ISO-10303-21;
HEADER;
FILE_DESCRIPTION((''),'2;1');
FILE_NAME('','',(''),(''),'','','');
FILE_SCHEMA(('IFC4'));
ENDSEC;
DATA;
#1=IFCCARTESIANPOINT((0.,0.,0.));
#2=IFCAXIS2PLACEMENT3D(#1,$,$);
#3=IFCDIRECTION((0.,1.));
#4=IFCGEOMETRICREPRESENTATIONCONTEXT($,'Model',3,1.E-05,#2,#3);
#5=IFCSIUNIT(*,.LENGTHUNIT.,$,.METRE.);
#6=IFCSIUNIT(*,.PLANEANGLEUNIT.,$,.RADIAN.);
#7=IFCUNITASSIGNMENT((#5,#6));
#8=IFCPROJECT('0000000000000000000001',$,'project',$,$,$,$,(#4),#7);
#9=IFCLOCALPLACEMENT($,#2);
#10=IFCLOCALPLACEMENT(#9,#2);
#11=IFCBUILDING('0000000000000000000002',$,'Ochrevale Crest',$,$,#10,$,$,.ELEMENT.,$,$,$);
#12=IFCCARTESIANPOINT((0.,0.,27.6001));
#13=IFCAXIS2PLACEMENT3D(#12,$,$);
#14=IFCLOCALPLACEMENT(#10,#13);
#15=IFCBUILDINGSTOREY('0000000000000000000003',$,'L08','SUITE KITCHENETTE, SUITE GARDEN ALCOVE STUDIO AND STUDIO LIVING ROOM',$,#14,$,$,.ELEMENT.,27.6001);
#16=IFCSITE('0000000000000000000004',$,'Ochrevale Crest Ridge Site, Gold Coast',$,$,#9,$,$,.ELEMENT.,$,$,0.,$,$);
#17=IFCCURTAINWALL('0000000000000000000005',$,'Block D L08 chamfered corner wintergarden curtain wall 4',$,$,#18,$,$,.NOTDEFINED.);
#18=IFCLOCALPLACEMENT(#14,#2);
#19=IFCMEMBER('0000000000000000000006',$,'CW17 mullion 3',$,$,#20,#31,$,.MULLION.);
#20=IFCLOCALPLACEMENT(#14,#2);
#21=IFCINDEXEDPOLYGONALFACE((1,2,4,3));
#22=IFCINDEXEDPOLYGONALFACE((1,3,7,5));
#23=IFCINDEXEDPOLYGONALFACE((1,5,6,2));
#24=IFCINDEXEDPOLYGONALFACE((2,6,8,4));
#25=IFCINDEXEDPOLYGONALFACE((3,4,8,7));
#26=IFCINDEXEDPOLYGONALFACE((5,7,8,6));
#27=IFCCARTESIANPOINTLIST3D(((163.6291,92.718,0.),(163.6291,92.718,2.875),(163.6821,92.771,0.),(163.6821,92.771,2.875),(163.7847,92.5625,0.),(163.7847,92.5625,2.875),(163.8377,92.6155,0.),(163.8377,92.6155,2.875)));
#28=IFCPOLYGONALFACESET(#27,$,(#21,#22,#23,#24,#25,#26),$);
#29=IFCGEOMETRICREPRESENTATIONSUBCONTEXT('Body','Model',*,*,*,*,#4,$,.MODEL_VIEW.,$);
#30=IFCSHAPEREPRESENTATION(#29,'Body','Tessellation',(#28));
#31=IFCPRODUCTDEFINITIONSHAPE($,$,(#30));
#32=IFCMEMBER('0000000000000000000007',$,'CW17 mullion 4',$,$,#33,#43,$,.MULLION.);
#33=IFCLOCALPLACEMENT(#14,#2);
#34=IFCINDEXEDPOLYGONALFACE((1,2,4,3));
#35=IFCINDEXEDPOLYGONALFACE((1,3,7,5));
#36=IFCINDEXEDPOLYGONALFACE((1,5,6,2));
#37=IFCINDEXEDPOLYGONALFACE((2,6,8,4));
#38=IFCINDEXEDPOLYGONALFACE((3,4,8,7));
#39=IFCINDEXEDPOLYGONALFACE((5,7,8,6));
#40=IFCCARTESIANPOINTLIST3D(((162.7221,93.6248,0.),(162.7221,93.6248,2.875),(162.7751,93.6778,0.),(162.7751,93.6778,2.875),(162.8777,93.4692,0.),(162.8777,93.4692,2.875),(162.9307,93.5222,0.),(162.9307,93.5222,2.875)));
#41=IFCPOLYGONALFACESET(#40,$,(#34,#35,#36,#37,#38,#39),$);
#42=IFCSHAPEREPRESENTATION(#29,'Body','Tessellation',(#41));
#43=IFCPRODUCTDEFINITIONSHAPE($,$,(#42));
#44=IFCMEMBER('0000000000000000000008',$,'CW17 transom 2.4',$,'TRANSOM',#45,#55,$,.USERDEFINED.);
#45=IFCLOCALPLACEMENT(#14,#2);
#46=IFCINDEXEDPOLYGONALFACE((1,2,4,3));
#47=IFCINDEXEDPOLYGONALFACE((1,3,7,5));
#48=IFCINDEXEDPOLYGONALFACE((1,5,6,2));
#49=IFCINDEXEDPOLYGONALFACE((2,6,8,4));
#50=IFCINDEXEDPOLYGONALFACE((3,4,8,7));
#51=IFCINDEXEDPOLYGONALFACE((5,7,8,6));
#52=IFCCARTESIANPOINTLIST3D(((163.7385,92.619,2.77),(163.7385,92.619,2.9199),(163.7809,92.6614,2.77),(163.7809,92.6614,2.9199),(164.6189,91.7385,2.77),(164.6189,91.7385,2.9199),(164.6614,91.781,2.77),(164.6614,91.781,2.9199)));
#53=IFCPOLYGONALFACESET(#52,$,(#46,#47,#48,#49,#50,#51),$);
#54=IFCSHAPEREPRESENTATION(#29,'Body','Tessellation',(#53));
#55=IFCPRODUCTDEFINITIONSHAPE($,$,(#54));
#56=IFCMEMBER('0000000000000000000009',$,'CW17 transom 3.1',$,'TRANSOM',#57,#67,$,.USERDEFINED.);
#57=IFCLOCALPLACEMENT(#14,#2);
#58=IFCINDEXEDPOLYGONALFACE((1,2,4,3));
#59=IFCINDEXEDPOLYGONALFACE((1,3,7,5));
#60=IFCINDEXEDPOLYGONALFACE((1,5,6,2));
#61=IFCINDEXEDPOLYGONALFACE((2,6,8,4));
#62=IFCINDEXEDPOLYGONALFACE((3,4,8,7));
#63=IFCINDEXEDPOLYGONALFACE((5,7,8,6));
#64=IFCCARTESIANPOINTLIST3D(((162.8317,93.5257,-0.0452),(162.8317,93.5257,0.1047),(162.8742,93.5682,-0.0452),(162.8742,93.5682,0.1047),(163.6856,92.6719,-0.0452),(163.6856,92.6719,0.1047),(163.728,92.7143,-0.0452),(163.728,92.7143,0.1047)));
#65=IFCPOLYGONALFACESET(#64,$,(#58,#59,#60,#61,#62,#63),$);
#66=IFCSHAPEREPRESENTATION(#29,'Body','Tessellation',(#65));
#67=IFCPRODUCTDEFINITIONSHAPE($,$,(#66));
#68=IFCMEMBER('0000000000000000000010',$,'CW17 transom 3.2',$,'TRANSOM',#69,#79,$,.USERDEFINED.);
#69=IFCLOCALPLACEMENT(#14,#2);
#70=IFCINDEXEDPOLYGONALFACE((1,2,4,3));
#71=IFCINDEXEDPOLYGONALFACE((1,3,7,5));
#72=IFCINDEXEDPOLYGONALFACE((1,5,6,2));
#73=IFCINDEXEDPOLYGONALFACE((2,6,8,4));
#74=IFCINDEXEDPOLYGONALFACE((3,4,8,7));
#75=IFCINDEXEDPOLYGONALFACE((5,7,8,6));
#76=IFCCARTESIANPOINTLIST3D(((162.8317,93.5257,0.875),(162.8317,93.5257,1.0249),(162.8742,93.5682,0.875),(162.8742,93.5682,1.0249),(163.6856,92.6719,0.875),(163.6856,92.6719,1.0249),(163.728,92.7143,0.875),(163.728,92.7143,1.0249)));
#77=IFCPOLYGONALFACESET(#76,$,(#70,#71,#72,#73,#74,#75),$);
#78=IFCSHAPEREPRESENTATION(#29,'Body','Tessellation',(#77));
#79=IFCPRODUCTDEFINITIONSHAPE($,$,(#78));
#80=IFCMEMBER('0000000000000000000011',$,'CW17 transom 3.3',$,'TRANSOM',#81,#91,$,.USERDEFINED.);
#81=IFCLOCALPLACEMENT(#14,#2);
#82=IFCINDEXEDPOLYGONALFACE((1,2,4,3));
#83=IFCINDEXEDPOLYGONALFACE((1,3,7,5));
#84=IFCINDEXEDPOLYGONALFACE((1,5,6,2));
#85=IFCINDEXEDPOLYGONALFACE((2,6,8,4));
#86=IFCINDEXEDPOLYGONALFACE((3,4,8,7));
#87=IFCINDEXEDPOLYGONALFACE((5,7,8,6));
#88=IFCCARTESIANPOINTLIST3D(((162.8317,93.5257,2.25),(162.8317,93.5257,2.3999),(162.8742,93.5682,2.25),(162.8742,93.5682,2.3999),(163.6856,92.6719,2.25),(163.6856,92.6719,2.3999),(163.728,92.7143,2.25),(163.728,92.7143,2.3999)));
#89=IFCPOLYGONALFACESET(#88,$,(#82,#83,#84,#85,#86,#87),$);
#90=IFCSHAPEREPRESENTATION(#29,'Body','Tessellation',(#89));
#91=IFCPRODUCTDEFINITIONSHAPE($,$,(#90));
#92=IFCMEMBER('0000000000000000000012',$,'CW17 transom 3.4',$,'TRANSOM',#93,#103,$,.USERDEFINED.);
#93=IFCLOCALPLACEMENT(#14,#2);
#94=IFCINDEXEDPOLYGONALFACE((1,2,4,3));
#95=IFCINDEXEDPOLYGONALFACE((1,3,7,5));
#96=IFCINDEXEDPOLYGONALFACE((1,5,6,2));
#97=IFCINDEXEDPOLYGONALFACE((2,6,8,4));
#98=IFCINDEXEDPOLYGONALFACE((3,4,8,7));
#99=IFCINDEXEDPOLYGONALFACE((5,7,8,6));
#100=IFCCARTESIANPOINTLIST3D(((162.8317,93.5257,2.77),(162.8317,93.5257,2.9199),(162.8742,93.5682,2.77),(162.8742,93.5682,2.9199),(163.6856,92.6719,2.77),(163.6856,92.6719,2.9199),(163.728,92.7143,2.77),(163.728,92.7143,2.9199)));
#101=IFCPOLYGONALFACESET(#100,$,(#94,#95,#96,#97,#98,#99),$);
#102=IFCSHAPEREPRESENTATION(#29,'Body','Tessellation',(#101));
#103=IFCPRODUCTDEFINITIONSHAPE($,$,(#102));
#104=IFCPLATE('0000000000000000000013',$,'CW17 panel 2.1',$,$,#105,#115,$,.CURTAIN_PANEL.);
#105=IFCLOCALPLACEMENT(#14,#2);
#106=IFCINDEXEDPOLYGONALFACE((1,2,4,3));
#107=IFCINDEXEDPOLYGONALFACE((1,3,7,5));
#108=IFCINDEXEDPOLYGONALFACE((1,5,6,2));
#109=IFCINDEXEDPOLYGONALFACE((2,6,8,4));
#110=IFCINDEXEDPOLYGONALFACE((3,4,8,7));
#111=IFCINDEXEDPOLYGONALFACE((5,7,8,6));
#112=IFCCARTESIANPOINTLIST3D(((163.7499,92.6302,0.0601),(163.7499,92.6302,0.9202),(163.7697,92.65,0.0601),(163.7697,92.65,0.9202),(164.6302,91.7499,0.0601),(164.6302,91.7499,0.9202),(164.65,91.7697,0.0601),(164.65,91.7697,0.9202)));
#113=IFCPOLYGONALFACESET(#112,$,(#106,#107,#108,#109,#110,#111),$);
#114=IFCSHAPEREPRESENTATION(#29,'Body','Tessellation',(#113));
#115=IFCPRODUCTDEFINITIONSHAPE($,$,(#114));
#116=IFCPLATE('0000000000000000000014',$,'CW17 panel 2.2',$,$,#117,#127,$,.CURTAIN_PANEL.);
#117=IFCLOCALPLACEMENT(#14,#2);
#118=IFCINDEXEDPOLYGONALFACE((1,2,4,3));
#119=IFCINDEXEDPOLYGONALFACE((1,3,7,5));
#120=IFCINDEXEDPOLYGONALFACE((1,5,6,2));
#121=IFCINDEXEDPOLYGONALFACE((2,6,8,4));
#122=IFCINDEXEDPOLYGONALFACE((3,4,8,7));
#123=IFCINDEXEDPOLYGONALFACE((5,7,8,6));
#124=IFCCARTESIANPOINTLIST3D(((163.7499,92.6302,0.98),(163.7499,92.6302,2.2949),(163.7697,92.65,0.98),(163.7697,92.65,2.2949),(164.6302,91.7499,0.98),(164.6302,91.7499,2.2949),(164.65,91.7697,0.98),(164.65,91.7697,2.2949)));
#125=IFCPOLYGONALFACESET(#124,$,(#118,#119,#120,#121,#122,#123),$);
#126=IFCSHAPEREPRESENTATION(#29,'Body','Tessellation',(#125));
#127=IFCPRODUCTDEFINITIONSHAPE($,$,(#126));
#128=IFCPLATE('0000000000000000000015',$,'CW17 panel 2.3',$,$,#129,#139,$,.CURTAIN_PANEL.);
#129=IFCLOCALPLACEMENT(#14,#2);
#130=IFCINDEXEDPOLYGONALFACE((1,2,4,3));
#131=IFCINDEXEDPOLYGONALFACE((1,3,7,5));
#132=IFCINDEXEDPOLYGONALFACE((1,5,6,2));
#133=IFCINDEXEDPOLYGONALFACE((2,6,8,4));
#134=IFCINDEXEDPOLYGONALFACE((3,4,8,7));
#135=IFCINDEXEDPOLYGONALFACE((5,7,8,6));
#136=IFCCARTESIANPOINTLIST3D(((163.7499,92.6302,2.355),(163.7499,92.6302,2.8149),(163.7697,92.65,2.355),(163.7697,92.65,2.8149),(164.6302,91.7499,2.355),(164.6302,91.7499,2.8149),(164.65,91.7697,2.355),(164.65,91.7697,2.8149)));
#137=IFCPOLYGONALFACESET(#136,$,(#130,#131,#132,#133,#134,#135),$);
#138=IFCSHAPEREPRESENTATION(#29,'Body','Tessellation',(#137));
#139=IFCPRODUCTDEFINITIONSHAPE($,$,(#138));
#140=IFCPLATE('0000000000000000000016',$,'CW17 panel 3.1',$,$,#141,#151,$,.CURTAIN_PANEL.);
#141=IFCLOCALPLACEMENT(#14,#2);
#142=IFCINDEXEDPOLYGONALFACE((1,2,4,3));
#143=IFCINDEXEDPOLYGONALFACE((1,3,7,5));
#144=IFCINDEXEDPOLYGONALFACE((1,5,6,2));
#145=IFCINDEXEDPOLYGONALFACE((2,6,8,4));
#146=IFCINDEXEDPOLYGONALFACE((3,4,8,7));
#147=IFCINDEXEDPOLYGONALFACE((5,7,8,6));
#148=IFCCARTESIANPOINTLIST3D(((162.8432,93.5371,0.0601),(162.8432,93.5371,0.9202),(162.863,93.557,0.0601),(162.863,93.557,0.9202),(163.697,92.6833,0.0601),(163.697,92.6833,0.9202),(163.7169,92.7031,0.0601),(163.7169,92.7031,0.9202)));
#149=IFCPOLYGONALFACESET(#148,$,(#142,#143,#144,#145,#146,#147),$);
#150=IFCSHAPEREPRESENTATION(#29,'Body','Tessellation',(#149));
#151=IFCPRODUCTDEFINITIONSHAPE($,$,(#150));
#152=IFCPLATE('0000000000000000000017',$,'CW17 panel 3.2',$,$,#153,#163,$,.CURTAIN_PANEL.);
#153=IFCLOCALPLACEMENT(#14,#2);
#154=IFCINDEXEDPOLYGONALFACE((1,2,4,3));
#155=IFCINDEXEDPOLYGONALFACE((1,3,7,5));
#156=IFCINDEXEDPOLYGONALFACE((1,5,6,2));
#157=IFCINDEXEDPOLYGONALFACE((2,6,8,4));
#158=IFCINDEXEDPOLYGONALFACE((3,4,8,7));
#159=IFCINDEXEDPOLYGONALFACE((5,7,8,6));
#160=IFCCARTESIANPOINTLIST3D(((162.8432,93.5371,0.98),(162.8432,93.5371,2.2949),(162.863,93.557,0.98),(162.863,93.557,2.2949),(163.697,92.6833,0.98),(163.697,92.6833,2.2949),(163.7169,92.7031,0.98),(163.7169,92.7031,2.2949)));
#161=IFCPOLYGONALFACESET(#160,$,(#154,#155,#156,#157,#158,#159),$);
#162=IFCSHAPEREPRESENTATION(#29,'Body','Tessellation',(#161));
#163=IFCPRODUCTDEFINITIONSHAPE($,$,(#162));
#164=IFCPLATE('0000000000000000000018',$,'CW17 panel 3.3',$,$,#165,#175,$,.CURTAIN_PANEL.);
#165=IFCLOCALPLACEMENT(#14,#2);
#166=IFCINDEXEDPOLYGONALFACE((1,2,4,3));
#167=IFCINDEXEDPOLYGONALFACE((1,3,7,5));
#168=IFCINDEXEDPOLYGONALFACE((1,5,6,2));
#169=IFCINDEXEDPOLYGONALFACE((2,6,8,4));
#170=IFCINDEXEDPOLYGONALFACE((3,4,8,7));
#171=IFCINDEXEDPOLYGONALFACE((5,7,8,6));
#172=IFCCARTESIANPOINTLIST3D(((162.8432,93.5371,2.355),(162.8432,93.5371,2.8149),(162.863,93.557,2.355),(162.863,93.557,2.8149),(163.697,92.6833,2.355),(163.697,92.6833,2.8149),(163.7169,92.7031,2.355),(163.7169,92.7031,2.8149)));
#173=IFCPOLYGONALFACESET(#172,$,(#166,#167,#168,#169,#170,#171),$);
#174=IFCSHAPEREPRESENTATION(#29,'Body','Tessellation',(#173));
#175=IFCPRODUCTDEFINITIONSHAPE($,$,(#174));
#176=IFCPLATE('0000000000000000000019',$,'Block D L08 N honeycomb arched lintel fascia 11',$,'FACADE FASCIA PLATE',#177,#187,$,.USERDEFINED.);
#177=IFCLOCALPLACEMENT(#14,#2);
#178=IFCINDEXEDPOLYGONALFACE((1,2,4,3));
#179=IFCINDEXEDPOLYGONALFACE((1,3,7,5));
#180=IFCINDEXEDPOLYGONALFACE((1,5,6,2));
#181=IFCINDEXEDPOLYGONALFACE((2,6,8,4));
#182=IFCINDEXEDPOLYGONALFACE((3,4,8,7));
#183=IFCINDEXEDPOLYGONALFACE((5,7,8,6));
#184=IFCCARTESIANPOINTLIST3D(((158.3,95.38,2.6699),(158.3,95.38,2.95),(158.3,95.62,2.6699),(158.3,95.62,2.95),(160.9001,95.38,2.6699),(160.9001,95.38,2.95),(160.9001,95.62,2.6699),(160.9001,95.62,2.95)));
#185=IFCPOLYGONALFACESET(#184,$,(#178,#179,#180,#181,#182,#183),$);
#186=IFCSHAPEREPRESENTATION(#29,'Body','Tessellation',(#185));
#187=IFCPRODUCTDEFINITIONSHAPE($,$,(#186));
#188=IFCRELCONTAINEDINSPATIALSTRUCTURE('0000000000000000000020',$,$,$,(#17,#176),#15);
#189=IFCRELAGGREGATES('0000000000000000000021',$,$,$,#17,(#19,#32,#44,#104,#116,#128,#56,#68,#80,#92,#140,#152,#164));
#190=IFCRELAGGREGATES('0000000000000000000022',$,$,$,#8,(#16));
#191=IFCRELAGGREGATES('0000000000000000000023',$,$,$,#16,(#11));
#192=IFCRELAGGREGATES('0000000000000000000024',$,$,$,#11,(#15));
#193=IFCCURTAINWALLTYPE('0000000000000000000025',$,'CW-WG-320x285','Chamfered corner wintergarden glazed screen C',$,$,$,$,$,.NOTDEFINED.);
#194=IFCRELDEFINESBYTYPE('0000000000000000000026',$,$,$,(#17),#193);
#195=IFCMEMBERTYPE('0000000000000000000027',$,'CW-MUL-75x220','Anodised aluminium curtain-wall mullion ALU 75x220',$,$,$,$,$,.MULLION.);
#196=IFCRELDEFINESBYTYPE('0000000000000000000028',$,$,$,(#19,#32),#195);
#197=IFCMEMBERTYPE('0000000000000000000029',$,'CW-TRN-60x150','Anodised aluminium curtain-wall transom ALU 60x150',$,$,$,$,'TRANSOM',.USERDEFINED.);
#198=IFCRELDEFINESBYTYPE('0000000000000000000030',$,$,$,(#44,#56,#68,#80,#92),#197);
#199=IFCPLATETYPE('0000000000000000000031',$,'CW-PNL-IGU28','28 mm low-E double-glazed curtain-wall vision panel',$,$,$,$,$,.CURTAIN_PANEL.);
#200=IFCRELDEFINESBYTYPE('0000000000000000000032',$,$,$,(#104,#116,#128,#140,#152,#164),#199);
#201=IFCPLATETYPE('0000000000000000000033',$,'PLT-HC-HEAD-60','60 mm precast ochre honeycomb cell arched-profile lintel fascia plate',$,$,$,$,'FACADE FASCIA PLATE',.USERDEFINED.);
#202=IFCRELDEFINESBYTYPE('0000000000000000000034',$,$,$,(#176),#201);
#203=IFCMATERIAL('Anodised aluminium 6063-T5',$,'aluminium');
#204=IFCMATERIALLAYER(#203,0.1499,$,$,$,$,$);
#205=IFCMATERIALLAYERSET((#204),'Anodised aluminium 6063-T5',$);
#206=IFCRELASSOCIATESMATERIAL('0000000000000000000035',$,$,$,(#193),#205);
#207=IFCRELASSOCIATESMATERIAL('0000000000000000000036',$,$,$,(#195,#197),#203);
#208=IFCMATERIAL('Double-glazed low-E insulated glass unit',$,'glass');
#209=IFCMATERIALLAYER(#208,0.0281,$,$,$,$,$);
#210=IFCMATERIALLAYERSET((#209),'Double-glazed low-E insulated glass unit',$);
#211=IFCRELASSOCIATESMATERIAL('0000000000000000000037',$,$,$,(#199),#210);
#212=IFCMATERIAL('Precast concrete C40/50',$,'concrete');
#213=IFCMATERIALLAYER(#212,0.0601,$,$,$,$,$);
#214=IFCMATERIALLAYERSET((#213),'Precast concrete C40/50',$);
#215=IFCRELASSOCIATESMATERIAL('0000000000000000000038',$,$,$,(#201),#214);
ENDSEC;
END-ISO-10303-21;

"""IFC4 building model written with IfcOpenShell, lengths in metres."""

from ifc_helpers import new_model, si_unit, direction, frame, origin, origin_2d, place, context, subcontext, project, spatial, rectangle, extrude, material, layer, layer_set, material_profile, profile_set, type_object, element, aggregate, save


model = new_model("IFC4")

# Units and contexts
model_context = context("Model", 3, precision=1e-05, world=origin(), true_north=direction((0.0, 1.0)))
body_context = subcontext(model_context, "Body", "Model", "MODEL_VIEW")
ifc_project = project(units=[si_unit("LENGTHUNIT", "METRE"), si_unit("PLANEANGLEUNIT", "RADIAN")], contexts=[model_context])

# Site, building, storey
site_placement = place(None, origin())
site = spatial("IfcSite", under=ifc_project, at=site_placement, Name="Ochrevale Crest Ridge Site, Gold Coast", CompositionType="ELEMENT", RefElevation=0.0)
building_placement = place(site_placement, origin())
building = spatial("IfcBuilding", under=site, at=building_placement, Name="Ochrevale Crest", CompositionType="ELEMENT")
storey_placement = place(building_placement, frame((0.0, 0.0, 27.6001)))
storey = spatial("IfcBuildingStorey", under=building, at=storey_placement, Name="L08", Description="SUITE KITCHENETTE, SUITE GARDEN ALCOVE STUDIO AND STUDIO LIVING ROOM", CompositionType="ELEMENT", Elevation=27.6001)

# Curtain wall, members, plates
ifc_material_1 = material(Name="Anodised aluminium 6063-T5", Category="aluminium")
ifc_layer_1 = layer(ifc_material_1, 0.1499)
ifc_layer_set_1 = layer_set([ifc_layer_1], Name="Anodised aluminium 6063-T5")
curtain_wall_type = type_object("IfcCurtainWallType", Name="CW-WG-320x285", Description="Chamfered corner wintergarden glazed screen C", PredefinedType="NOTDEFINED", material=ifc_layer_set_1)
curtain_wall_placement = place(storey_placement, origin())
curtain_wall = element("IfcCurtainWall", 1, at=curtain_wall_placement, inside=storey, type_object=curtain_wall_type, Name="Block D L08 chamfered corner wintergarden curtain wall 4", PredefinedType="NOTDEFINED")
ifc_material_profile_1 = material_profile(ifc_material_1, rectangle(XDim=0.075, YDim=0.22, at=origin_2d()), Name="ALU 75x220")
ifc_profile_set_1 = profile_set([ifc_material_profile_1], Name="Anodised aluminium 6063-T5")
member_type_1 = type_object("IfcMemberType", Name="CW-MUL-75x220", Description="Anodised aluminium curtain-wall mullion ALU 75x220", PredefinedType="MULLION", material=ifc_profile_set_1)
member_1_placement = place(storey_placement, frame((163.7334, 92.6667, 0.0), z_axis=(0.0, 0.0, 1.0), x_axis=(-0.707107, -0.707107, 0.0)))
member_1 = element("IfcMember", 2, at=member_1_placement, type_object=member_type_1, Name="CW17 mullion 3", PredefinedType="MULLION", context=body_context, shape_type="SweptSolid", body=[
    extrude(rectangle(XDim=0.075, YDim=0.22, at=origin_2d()), origin(), (0.0, 0.0, 1.0), 2.875),
])
member_2_placement = place(storey_placement, frame((162.8264, 93.5735, 0.0), z_axis=(0.0, 0.0, 1.0), x_axis=(-0.707107, -0.707107, 0.0)))
member_2 = element("IfcMember", 3, at=member_2_placement, type_object=member_type_1, Name="CW17 mullion 4", PredefinedType="MULLION", context=body_context, shape_type="SweptSolid", body=[
    extrude(rectangle(XDim=0.075, YDim=0.22, at=origin_2d()), origin(), (0.0, 0.0, 1.0), 2.875),
])
ifc_material_profile_2 = material_profile(ifc_material_1, rectangle(XDim=0.0601, YDim=0.1499, at=origin_2d()), Name="ALU 60x150")
ifc_profile_set_2 = profile_set([ifc_material_profile_2], Name="Anodised aluminium 6063-T5")
member_type_2 = type_object("IfcMemberType", Name="CW-TRN-60x150", Description="Anodised aluminium curtain-wall transom ALU 60x150", ElementType="TRANSOM", PredefinedType="USERDEFINED", material=ifc_profile_set_2)
member_3_placement = place(storey_placement, frame((164.6401, 91.7598, 2.845), z_axis=(-0.707107, 0.707107, 0.0), x_axis=(-0.707107, -0.707107, 0.0)))
member_3 = element("IfcMember", 4, at=member_3_placement, type_object=member_type_2, Name="CW17 transom 2.4", ObjectType="TRANSOM", PredefinedType="USERDEFINED", context=body_context, shape_type="SweptSolid", body=[
    extrude(rectangle(XDim=0.0601, YDim=0.1499, at=origin_2d()), origin(), (0.0, 0.0, 1.0), 1.2451),
])
member_4_placement = place(storey_placement, frame((163.7068, 92.6931, 0.0298), z_axis=(-0.707107, 0.707107, 0.0), x_axis=(-0.707107, -0.707107, 0.0)))
member_4 = element("IfcMember", 5, at=member_4_placement, type_object=member_type_2, Name="CW17 transom 3.1", ObjectType="TRANSOM", PredefinedType="USERDEFINED", context=body_context, shape_type="SweptSolid", body=[
    extrude(rectangle(XDim=0.0601, YDim=0.1499, at=origin_2d()), origin(), (0.0, 0.0, 1.0), 1.2075),
])
member_5_placement = place(storey_placement, frame((163.7068, 92.6931, 0.95), z_axis=(-0.707107, 0.707107, 0.0), x_axis=(-0.707107, -0.707107, 0.0)))
member_5 = element("IfcMember", 6, at=member_5_placement, type_object=member_type_2, Name="CW17 transom 3.2", ObjectType="TRANSOM", PredefinedType="USERDEFINED", context=body_context, shape_type="SweptSolid", body=[
    extrude(rectangle(XDim=0.0601, YDim=0.1499, at=origin_2d()), origin(), (0.0, 0.0, 1.0), 1.2075),
])
member_6_placement = place(storey_placement, frame((163.7068, 92.6931, 2.325), z_axis=(-0.707107, 0.707107, 0.0), x_axis=(-0.707107, -0.707107, 0.0)))
member_6 = element("IfcMember", 7, at=member_6_placement, type_object=member_type_2, Name="CW17 transom 3.3", ObjectType="TRANSOM", PredefinedType="USERDEFINED", context=body_context, shape_type="SweptSolid", body=[
    extrude(rectangle(XDim=0.0601, YDim=0.1499, at=origin_2d()), origin(), (0.0, 0.0, 1.0), 1.2075),
])
member_7_placement = place(storey_placement, frame((163.7068, 92.6931, 2.845), z_axis=(-0.707107, 0.707107, 0.0), x_axis=(-0.707107, -0.707107, 0.0)))
member_7 = element("IfcMember", 8, at=member_7_placement, type_object=member_type_2, Name="CW17 transom 3.4", ObjectType="TRANSOM", PredefinedType="USERDEFINED", context=body_context, shape_type="SweptSolid", body=[
    extrude(rectangle(XDim=0.0601, YDim=0.1499, at=origin_2d()), origin(), (0.0, 0.0, 1.0), 1.2075),
])
ifc_material_2 = material(Name="Double-glazed low-E insulated glass unit", Category="glass")
ifc_layer_2 = layer(ifc_material_2, 0.0281)
ifc_layer_set_2 = layer_set([ifc_layer_2], Name="Double-glazed low-E insulated glass unit")
plate_type_1 = type_object("IfcPlateType", Name="CW-PNL-IGU28", Description="28 mm low-E double-glazed curtain-wall vision panel", PredefinedType="CURTAIN_PANEL", material=ifc_layer_set_2)
plate_1_placement = place(storey_placement, frame((164.2, 92.2, 0.0601), z_axis=(0.0, 0.0, 1.0), x_axis=(-0.707107, 0.707107, 0.0)))
plate_1 = element("IfcPlate", 9, at=plate_1_placement, type_object=plate_type_1, Name="CW17 panel 2.1", PredefinedType="CURTAIN_PANEL", context=body_context, shape_type="SweptSolid", body=[
    extrude(rectangle(XDim=1.2449, YDim=0.0281, at=origin_2d()), origin(), (0.0, 0.0, 1.0), 0.8601),
])
plate_2_placement = place(storey_placement, frame((164.2, 92.2, 0.98), z_axis=(0.0, 0.0, 1.0), x_axis=(-0.707107, 0.707107, 0.0)))
plate_2 = element("IfcPlate", 10, at=plate_2_placement, type_object=plate_type_1, Name="CW17 panel 2.2", PredefinedType="CURTAIN_PANEL", context=body_context, shape_type="SweptSolid", body=[
    extrude(rectangle(XDim=1.2449, YDim=0.0281, at=origin_2d()), origin(), (0.0, 0.0, 1.0), 1.3149),
])
plate_3_placement = place(storey_placement, frame((164.2, 92.2, 2.355), z_axis=(0.0, 0.0, 1.0), x_axis=(-0.707107, 0.707107, 0.0)))
plate_3 = element("IfcPlate", 11, at=plate_3_placement, type_object=plate_type_1, Name="CW17 panel 2.3", PredefinedType="CURTAIN_PANEL", context=body_context, shape_type="SweptSolid", body=[
    extrude(rectangle(XDim=1.2449, YDim=0.0281, at=origin_2d()), origin(), (0.0, 0.0, 1.0), 0.46),
])
plate_4_placement = place(storey_placement, frame((163.28, 93.1201, 0.0601), z_axis=(0.0, 0.0, 1.0), x_axis=(-0.707107, 0.707107, 0.0)))
plate_4 = element("IfcPlate", 12, at=plate_4_placement, type_object=plate_type_1, Name="CW17 panel 3.1", PredefinedType="CURTAIN_PANEL", context=body_context, shape_type="SweptSolid", body=[
    extrude(rectangle(XDim=1.2075, YDim=0.0281, at=origin_2d()), origin(), (0.0, 0.0, 1.0), 0.8601),
])
plate_5_placement = place(storey_placement, frame((163.28, 93.1201, 0.98), z_axis=(0.0, 0.0, 1.0), x_axis=(-0.707107, 0.707107, 0.0)))
plate_5 = element("IfcPlate", 13, at=plate_5_placement, type_object=plate_type_1, Name="CW17 panel 3.2", PredefinedType="CURTAIN_PANEL", context=body_context, shape_type="SweptSolid", body=[
    extrude(rectangle(XDim=1.2075, YDim=0.0281, at=origin_2d()), origin(), (0.0, 0.0, 1.0), 1.3149),
])
plate_6_placement = place(storey_placement, frame((163.28, 93.1201, 2.355), z_axis=(0.0, 0.0, 1.0), x_axis=(-0.707107, 0.707107, 0.0)))
plate_6 = element("IfcPlate", 14, at=plate_6_placement, type_object=plate_type_1, Name="CW17 panel 3.3", PredefinedType="CURTAIN_PANEL", context=body_context, shape_type="SweptSolid", body=[
    extrude(rectangle(XDim=1.2075, YDim=0.0281, at=origin_2d()), origin(), (0.0, 0.0, 1.0), 0.46),
])
aggregate(curtain_wall, [member_1, member_2, member_3, plate_1, plate_2, plate_3, member_4, member_5, member_6, member_7, plate_4, plate_5, plate_6])

# Plate
ifc_material_3 = material(Name="Precast concrete C40/50", Category="concrete")
ifc_layer_3 = layer(ifc_material_3, 0.0601)
ifc_layer_set_3 = layer_set([ifc_layer_3], Name="Precast concrete C40/50")
plate_type_2 = type_object("IfcPlateType", Name="PLT-HC-HEAD-60", Description="60 mm precast ochre honeycomb cell arched-profile lintel fascia plate", ElementType="FACADE FASCIA PLATE", PredefinedType="USERDEFINED", material=ifc_layer_set_3)
plate_7_placement = place(storey_placement, frame((159.6001, 95.5, 2.6699), z_axis=(0.0, 0.0, 1.0), x_axis=(1.0, 0.0, 0.0)))
element("IfcPlate", 15, at=plate_7_placement, inside=storey, type_object=plate_type_2, Name="Block D L08 N honeycomb arched lintel fascia 11", ObjectType="FACADE FASCIA PLATE", PredefinedType="USERDEFINED", context=body_context, shape_type="SweptSolid", body=[
    extrude(rectangle(XDim=2.6001, YDim=0.24, at=origin_2d()), origin(), (0.0, 0.0, 1.0), 0.28),
])

save(model, "model.ifc")
